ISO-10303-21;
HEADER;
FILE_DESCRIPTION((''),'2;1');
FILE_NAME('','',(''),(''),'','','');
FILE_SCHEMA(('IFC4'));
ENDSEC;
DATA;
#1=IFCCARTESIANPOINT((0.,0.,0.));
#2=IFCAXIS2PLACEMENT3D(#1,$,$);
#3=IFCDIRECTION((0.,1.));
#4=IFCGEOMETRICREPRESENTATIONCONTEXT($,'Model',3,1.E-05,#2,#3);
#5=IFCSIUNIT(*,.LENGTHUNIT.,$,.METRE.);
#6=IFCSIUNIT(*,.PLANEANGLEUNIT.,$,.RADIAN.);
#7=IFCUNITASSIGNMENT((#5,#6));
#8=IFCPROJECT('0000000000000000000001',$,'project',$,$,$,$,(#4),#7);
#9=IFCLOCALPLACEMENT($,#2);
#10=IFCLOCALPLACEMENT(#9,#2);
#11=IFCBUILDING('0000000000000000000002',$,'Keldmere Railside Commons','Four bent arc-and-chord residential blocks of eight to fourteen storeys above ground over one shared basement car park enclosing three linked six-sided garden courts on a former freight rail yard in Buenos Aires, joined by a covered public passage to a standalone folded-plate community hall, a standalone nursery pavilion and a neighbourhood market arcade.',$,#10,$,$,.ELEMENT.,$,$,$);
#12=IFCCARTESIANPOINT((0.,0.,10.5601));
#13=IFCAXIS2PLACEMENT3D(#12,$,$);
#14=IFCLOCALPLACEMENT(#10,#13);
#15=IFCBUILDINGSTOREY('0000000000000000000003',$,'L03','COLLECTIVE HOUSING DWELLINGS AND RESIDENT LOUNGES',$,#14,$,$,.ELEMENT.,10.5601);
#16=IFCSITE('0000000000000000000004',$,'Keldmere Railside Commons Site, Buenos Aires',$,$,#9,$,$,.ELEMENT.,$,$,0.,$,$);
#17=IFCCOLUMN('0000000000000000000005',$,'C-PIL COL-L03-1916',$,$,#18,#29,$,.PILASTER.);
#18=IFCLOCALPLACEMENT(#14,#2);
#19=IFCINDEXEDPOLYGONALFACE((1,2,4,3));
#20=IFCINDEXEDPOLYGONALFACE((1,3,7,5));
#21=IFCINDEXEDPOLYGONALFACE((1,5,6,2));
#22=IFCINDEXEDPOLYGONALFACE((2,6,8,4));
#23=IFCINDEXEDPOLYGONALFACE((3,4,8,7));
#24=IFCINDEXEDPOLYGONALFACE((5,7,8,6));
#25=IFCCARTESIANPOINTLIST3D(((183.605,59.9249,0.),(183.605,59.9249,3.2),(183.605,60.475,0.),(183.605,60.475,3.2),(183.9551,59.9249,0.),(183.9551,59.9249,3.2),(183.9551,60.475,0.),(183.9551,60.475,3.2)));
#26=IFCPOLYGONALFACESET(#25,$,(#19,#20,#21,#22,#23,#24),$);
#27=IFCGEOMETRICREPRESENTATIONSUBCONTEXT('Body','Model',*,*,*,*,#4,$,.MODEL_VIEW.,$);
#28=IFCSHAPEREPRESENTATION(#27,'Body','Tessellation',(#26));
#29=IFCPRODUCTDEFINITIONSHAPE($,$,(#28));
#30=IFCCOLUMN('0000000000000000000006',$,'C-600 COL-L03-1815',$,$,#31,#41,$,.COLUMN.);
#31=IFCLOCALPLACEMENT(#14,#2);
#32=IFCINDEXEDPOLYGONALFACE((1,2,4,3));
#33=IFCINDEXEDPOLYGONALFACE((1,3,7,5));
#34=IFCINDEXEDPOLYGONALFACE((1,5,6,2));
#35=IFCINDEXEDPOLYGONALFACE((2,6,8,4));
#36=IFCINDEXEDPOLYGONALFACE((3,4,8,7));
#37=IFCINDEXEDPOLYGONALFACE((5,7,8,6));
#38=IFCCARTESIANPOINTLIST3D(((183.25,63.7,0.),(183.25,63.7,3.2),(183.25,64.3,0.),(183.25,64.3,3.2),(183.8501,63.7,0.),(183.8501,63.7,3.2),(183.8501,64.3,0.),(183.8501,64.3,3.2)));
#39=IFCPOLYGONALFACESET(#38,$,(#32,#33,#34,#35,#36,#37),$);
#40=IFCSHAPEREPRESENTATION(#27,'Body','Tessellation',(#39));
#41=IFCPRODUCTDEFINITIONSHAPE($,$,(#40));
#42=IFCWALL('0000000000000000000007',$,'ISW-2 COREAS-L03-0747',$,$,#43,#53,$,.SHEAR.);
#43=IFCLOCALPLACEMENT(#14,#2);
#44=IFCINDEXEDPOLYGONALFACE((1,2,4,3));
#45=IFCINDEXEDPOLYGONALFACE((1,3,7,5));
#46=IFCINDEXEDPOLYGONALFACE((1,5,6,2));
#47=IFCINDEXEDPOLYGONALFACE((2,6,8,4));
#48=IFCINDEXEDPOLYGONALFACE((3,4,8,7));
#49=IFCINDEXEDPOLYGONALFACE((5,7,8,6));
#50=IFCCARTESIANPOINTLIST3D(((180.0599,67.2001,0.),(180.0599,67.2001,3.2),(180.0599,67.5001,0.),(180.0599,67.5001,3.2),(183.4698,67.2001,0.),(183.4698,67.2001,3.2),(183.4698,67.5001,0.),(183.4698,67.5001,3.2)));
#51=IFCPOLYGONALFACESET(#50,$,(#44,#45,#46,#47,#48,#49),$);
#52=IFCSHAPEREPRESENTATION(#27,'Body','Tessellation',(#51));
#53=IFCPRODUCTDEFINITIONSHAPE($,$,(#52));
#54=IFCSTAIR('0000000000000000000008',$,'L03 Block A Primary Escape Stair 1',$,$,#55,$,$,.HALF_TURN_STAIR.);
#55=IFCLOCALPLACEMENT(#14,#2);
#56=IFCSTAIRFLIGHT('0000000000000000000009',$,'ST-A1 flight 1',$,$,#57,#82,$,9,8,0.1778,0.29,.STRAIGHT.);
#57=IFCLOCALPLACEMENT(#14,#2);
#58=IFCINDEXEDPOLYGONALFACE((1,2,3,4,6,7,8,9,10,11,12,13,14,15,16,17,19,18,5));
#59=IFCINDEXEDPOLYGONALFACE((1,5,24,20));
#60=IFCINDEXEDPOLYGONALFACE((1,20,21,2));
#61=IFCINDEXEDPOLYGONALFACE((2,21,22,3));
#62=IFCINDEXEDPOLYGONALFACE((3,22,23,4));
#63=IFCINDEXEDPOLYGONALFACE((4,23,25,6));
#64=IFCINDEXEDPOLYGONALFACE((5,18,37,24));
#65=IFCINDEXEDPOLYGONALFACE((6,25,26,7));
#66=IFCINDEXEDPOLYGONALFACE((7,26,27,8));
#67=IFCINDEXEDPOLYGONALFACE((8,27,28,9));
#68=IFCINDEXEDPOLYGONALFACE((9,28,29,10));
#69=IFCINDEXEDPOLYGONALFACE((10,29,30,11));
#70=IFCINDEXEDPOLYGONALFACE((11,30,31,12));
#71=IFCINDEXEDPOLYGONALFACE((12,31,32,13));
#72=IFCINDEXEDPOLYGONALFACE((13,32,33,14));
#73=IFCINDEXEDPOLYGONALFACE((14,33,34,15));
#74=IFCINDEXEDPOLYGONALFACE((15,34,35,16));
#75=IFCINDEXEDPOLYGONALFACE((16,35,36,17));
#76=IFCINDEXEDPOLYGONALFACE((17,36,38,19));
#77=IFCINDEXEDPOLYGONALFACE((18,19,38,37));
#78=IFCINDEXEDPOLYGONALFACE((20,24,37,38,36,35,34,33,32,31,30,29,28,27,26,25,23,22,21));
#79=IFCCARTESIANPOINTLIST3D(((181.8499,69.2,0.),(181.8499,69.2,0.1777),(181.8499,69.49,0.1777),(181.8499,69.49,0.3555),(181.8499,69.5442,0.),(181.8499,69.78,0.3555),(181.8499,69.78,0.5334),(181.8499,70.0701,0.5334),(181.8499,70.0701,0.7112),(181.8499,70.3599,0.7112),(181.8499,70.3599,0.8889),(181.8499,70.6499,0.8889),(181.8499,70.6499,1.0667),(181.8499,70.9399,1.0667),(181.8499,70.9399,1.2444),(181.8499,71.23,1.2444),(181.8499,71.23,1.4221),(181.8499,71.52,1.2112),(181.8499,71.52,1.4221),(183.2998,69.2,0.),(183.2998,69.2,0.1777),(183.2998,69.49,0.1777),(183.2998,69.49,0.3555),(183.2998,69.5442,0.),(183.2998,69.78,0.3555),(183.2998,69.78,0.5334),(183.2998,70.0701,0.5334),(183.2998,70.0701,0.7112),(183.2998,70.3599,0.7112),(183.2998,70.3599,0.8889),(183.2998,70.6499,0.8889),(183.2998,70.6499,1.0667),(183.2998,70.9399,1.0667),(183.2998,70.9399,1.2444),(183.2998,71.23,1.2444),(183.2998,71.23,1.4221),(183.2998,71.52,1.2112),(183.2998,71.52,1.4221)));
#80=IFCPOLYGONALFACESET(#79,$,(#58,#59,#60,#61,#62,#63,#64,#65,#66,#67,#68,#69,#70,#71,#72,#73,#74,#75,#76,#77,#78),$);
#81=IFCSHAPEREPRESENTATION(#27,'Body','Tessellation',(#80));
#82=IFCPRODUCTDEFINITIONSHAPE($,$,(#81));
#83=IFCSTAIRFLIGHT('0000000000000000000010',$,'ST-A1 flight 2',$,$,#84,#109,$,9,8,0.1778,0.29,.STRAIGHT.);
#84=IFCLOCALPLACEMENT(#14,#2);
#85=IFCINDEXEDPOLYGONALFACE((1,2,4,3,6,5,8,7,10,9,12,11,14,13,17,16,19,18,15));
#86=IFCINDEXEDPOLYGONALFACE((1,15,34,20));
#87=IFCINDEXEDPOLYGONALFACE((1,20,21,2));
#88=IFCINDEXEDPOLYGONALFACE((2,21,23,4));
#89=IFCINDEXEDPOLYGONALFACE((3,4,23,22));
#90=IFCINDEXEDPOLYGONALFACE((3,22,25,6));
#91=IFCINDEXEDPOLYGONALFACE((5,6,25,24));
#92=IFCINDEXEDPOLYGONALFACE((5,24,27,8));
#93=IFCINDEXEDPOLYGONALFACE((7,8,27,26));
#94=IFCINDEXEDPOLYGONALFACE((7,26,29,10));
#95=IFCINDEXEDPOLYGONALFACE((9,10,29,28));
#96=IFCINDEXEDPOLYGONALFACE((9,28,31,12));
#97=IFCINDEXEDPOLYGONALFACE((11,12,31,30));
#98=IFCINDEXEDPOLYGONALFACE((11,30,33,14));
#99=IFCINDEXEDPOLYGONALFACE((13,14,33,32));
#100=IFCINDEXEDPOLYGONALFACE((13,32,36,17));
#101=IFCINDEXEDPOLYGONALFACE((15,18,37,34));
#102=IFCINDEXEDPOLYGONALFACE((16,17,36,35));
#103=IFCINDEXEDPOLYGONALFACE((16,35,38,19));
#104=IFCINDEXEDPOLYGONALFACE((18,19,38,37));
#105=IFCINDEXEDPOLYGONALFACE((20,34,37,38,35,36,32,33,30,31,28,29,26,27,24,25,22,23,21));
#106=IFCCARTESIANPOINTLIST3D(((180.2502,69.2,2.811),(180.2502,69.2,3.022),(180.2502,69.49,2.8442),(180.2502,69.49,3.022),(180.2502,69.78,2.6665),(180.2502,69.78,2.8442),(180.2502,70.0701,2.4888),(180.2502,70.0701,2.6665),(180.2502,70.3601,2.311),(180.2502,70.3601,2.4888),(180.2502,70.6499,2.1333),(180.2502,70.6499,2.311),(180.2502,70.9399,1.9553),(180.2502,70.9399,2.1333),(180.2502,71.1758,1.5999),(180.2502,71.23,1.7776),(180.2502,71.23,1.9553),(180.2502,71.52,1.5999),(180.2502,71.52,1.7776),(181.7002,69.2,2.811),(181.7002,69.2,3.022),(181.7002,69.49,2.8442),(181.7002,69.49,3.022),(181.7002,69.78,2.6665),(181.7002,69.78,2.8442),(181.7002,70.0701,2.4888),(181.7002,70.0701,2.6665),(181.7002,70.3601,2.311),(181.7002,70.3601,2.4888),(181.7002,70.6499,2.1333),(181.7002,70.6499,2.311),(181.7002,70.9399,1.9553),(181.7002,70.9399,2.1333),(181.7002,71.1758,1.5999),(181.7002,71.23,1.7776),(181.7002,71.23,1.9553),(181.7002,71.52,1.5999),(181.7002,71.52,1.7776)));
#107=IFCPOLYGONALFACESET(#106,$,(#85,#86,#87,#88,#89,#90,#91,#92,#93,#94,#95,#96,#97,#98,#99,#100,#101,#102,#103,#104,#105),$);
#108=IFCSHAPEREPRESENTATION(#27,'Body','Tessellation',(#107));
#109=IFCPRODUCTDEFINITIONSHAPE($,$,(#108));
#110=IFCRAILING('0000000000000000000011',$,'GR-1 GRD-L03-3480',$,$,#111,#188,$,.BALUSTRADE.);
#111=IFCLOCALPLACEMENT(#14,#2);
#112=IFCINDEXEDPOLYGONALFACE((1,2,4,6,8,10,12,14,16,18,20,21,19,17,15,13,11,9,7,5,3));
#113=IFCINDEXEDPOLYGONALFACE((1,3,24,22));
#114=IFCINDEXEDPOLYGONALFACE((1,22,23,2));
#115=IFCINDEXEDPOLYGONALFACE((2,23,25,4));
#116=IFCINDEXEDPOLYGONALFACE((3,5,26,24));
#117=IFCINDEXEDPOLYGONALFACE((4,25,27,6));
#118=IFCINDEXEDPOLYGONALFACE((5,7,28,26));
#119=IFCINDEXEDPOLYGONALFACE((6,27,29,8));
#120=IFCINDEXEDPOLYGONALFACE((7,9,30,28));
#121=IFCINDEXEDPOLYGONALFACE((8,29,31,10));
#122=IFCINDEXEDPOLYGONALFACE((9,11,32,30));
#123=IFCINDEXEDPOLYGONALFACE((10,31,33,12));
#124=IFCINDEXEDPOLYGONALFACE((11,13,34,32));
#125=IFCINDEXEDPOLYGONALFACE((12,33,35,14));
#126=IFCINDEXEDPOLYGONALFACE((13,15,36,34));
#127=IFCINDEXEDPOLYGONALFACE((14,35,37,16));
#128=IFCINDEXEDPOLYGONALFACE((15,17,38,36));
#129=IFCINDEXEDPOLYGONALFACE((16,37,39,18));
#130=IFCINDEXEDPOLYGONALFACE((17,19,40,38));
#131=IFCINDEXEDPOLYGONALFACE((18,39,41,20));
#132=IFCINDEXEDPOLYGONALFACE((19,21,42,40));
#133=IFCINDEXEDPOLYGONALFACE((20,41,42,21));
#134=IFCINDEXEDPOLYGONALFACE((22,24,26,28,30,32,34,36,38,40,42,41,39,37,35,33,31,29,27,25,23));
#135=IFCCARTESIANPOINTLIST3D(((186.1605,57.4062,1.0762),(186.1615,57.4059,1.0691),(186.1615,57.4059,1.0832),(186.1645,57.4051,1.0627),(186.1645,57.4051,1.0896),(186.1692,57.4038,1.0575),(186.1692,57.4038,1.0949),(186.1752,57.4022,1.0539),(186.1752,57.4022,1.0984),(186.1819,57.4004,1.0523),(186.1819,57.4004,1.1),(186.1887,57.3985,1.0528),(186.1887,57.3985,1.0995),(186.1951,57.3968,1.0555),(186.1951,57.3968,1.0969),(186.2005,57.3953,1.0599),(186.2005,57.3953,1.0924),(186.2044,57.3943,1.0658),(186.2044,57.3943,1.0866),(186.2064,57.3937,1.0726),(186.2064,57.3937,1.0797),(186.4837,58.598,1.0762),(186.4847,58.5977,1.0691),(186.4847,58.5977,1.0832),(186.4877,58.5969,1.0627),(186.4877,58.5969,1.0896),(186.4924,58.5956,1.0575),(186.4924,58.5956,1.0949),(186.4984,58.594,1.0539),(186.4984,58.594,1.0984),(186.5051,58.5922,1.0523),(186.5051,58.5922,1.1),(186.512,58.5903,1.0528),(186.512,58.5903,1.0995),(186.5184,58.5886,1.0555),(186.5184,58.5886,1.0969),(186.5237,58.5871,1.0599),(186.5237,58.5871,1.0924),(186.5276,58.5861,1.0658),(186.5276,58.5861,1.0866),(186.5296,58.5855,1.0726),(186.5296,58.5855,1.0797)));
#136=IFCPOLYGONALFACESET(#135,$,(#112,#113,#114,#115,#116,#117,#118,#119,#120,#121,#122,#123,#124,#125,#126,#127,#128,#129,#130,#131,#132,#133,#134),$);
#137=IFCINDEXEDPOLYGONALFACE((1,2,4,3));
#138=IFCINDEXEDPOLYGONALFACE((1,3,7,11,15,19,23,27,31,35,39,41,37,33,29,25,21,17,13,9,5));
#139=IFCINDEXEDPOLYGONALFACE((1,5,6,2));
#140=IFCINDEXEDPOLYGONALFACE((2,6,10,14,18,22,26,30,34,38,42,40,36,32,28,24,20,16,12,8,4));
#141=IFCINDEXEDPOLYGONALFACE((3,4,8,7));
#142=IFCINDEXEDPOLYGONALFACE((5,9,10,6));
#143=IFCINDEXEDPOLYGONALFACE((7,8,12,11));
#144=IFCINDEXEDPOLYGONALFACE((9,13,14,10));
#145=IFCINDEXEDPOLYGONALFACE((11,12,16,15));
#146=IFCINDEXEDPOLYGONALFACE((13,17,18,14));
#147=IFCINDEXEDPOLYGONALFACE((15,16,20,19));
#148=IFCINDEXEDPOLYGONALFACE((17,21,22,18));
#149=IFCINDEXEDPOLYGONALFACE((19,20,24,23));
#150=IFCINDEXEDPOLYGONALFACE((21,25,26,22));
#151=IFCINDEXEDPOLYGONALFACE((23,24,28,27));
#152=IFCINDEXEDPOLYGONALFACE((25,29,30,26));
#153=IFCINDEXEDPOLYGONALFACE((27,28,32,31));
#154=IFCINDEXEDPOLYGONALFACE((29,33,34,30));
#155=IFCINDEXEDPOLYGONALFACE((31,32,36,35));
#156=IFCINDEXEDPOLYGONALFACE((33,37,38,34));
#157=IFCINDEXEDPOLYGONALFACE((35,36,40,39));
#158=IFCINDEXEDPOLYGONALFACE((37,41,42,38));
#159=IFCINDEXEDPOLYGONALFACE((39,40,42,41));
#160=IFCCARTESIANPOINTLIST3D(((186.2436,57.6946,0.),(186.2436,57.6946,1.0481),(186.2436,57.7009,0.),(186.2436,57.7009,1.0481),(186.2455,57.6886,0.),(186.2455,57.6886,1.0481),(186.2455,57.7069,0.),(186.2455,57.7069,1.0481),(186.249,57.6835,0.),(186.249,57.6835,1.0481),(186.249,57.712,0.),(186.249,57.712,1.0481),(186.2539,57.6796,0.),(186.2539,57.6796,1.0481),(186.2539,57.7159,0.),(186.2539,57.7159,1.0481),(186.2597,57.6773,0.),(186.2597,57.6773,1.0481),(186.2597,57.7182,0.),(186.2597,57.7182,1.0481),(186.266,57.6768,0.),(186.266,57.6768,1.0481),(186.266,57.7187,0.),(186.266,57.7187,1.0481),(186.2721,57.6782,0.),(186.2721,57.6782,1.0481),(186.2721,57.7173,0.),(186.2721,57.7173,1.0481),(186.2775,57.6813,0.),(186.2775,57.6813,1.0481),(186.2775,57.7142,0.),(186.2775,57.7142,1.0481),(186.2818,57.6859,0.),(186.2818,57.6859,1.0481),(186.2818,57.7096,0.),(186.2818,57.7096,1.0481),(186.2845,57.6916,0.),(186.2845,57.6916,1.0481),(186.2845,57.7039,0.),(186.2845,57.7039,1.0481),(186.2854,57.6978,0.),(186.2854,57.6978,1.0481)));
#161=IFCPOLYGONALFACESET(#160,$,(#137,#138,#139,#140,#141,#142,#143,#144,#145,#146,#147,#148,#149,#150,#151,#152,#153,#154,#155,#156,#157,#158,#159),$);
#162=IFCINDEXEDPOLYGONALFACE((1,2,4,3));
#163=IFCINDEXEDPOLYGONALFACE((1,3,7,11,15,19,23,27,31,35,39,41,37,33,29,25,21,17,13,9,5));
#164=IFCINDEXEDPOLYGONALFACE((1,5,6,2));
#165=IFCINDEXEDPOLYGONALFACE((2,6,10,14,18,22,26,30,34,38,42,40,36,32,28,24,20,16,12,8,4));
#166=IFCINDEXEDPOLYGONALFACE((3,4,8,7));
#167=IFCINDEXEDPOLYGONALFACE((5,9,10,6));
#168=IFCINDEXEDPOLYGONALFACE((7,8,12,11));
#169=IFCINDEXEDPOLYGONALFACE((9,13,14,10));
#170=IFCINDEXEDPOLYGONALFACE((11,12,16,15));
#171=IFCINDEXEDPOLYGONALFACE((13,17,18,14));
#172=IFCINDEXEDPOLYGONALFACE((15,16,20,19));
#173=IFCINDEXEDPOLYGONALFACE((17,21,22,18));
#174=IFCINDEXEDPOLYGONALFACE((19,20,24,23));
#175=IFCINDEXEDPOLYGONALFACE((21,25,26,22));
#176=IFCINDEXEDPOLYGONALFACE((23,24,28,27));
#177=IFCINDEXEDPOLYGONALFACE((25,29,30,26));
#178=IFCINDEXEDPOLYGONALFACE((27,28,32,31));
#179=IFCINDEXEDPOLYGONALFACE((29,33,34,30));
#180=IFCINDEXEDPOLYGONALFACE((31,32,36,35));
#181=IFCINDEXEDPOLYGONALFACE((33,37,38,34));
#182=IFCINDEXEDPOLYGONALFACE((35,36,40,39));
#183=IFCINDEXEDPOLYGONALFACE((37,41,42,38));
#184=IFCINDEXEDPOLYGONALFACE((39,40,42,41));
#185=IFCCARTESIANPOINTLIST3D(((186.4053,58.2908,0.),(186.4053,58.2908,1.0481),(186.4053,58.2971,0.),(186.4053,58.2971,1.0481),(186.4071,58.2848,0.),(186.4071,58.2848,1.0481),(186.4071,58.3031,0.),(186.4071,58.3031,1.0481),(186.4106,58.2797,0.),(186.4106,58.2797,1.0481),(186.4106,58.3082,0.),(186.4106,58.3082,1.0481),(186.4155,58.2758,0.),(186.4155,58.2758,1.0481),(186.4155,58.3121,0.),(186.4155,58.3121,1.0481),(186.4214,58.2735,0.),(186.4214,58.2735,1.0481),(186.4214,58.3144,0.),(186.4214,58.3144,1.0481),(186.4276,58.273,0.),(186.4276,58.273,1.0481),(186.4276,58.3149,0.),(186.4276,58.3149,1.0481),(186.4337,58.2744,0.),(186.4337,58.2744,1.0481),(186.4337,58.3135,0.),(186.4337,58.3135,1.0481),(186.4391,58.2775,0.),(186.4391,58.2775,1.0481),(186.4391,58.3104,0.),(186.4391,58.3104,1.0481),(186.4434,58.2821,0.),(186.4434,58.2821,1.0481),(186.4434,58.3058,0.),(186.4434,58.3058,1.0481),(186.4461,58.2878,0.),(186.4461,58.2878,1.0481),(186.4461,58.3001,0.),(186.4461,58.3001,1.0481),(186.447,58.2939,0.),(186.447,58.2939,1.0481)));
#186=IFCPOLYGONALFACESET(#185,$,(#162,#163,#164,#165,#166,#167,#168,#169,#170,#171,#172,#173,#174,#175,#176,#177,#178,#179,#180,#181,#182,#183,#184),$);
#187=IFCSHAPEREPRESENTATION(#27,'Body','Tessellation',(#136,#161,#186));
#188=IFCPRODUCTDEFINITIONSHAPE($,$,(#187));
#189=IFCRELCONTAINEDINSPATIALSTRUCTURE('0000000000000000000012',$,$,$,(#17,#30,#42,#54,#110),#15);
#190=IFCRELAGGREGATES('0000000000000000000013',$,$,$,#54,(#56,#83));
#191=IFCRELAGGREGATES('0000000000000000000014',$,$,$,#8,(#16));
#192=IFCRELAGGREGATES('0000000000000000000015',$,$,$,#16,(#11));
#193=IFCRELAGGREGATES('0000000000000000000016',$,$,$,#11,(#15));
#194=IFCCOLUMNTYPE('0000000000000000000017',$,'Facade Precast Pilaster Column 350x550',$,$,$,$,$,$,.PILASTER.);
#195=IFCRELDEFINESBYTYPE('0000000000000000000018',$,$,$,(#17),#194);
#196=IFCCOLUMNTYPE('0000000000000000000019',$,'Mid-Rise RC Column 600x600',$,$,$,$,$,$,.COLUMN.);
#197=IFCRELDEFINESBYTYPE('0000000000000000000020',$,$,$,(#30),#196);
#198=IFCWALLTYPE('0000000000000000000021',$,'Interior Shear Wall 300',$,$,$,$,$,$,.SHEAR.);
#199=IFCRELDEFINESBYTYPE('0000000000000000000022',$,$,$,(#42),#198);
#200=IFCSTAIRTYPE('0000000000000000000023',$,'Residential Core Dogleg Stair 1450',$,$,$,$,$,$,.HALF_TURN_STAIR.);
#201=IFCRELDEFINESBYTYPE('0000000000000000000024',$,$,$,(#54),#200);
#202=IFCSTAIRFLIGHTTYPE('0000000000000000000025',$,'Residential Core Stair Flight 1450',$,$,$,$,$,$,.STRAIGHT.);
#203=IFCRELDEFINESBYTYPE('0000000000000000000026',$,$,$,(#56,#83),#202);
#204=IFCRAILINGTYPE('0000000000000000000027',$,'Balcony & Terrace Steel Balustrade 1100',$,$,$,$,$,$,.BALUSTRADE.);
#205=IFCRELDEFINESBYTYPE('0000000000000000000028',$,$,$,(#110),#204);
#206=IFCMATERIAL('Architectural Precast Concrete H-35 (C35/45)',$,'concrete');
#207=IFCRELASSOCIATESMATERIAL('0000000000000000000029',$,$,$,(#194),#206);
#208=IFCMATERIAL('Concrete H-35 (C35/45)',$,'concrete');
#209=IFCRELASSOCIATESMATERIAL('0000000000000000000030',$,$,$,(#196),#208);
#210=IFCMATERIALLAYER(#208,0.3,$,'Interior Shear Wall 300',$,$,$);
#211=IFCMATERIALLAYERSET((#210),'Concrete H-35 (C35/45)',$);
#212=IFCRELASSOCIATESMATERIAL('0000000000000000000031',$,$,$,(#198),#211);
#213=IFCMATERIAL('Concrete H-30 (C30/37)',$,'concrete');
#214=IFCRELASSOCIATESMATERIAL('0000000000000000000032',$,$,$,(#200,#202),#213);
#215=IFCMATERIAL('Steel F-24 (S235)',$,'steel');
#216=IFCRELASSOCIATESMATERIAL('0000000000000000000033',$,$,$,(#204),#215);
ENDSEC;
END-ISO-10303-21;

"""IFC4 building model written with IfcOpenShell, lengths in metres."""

from ifc_helpers import new_model, si_unit, direction, frame, frame_2d, origin, origin_2d, place, context, subcontext, project, spatial, polyline, rectangle, circle, outline, extrude, material, layer, layer_set, material_profile, profile_set, type_object, element, aggregate, save


model = new_model("IFC4")

# Units and contexts
model_context = context("Model", 3, precision=1e-05, world=origin(), true_north=direction((0.0, 1.0)))
body_context = subcontext(model_context, "Body", "Model", "MODEL_VIEW")
ifc_project = project(units=[si_unit("LENGTHUNIT", "METRE"), si_unit("PLANEANGLEUNIT", "RADIAN")], contexts=[model_context])

# Site, building, storey
site_placement = place(None, origin())
site = spatial("IfcSite", under=ifc_project, at=site_placement, Name="Keldmere Railside Commons Site, Buenos Aires", CompositionType="ELEMENT", RefElevation=0.0)
building_placement = place(site_placement, origin())
building = spatial("IfcBuilding", under=site, at=building_placement, Name="Keldmere Railside Commons", Description="Four bent arc-and-chord residential blocks of eight to fourteen storeys above ground over one shared basement car park enclosing three linked six-sided garden courts on a former freight rail yard in Buenos Aires, joined by a covered public passage to a standalone folded-plate community hall, a standalone nursery pavilion and a neighbourhood market arcade.", CompositionType="ELEMENT")
storey_placement = place(building_placement, frame((0.0, 0.0, 10.5601)))
storey = spatial("IfcBuildingStorey", under=building, at=storey_placement, Name="L03", Description="COLLECTIVE HOUSING DWELLINGS AND RESIDENT LOUNGES", CompositionType="ELEMENT", Elevation=10.5601)

# Columns
ifc_material_1 = material(Name="Architectural Precast Concrete H-35 (C35/45)", Category="concrete")
ifc_material_profile_1 = material_profile(ifc_material_1, rectangle(XDim=0.3501, YDim=0.55, at=origin_2d()), Name="RC-350x550")
ifc_profile_set_1 = profile_set([ifc_material_profile_1], Name="Architectural Precast Concrete H-35 (C35/45)")
column_type_1 = type_object("IfcColumnType", Name="Facade Precast Pilaster Column 350x550", PredefinedType="PILASTER", material=ifc_profile_set_1)
column_1_placement = place(storey_placement, frame((183.78, 60.2, 0.0), z_axis=(0.0, 0.0, 1.0), x_axis=(1.0, 0.0, 0.0)))
element("IfcColumn", 1, at=column_1_placement, inside=storey, type_object=column_type_1, Name="C-PIL COL-L03-1916", PredefinedType="PILASTER", context=body_context, shape_type="SweptSolid", body=[
    extrude(rectangle(XDim=0.3501, YDim=0.55, at=origin_2d()), origin(), (0.0, 0.0, 1.0), 3.2),
])
ifc_material_2 = material(Name="Concrete H-35 (C35/45)", Category="concrete")
ifc_material_profile_2 = material_profile(ifc_material_2, rectangle(XDim=0.6001, YDim=0.6001, at=origin_2d()), Name="RC-600x600")
ifc_profile_set_2 = profile_set([ifc_material_profile_2], Name="Concrete H-35 (C35/45)")
column_type_2 = type_object("IfcColumnType", Name="Mid-Rise RC Column 600x600", PredefinedType="COLUMN", material=ifc_profile_set_2)
column_2_placement = place(storey_placement, frame((183.55, 64.0, 0.0), z_axis=(0.0, 0.0, 1.0), x_axis=(1.0, 0.0, 0.0)))
element("IfcColumn", 2, at=column_2_placement, inside=storey, type_object=column_type_2, Name="C-600 COL-L03-1815", PredefinedType="COLUMN", context=body_context, shape_type="SweptSolid", body=[
    extrude(rectangle(XDim=0.6001, YDim=0.6001, at=origin_2d()), origin(), (0.0, 0.0, 1.0), 3.2),
])

# Wall
ifc_layer = layer(ifc_material_2, 0.3, Name="Interior Shear Wall 300")
ifc_layer_set = layer_set([ifc_layer], Name="Concrete H-35 (C35/45)")
wall_type = type_object("IfcWallType", Name="Interior Shear Wall 300", PredefinedType="SHEAR", material=ifc_layer_set)
wall_placement = place(storey_placement, frame((183.47, 67.3501, 0.0), z_axis=(0.0, 0.0, 1.0), x_axis=(-1.0, 0.0, 0.0)))
element("IfcWall", 3, at=wall_placement, inside=storey, type_object=wall_type, Name="ISW-2 COREAS-L03-0747", PredefinedType="SHEAR", context=body_context, shape_type="SweptSolid", body=[
    extrude(rectangle(XDim=3.4099, YDim=0.3, at=frame_2d((1.7051, 0.0))), origin(), (0.0, 0.0, 1.0), 3.2),
])

# Stair, stair flights
ifc_material_3 = material(Name="Concrete H-30 (C30/37)", Category="concrete")
stair_type = type_object("IfcStairType", Name="Residential Core Dogleg Stair 1450", PredefinedType="HALF_TURN_STAIR", material=ifc_material_3)
stair_placement = place(storey_placement, origin())
stair = element("IfcStair", 4, at=stair_placement, inside=storey, type_object=stair_type, Name="L03 Block A Primary Escape Stair 1", PredefinedType="HALF_TURN_STAIR")
stair_flight_type = type_object("IfcStairFlightType", Name="Residential Core Stair Flight 1450", PredefinedType="STRAIGHT", material=ifc_material_3)
stair_flight_1_placement = place(storey_placement, frame((182.575, 69.2, 0.0), z_axis=(0.0, 0.0, 1.0), x_axis=(0.0, 1.0, 0.0)))
stair_flight_1 = element("IfcStairFlight", 5, at=stair_flight_1_placement, type_object=stair_flight_type, Name="ST-A1 flight 1", NumberOfRisers=9, NumberOfTreads=8, PredefinedType="STRAIGHT", RiserHeight=0.1778, TreadLength=0.29, context=body_context, shape_type="SweptSolid", body=[
    extrude(outline(polyline([(0.0, 0.0), (0.0, 0.1777), (0.29, 0.1777), (0.29, 0.3555), (0.5801, 0.3555), (0.5801, 0.5334), (0.8701, 0.5334), (0.8701, 0.7112), (1.1599, 0.7112), (1.1599, 0.8889), (1.45, 0.8889), (1.45, 1.0667), (1.74, 1.0667), (1.74, 1.2444), (2.03, 1.2444), (2.03, 1.4221), (2.3201, 1.4221), (2.3201, 1.6001), (2.3201, 1.2112), (0.3442, 0.0), (0.0, 0.0)])), frame((0.0, 0.7251, 0.0), z_axis=(0.0, -1.0, 0.0), x_axis=(1.0, 0.0, 0.0)), (0.0, 0.0, 1.0), 1.45),
])
stair_flight_2_placement = place(storey_placement, frame((180.9751, 71.52, 1.5999), z_axis=(0.0, 0.0, 1.0), x_axis=(0.0, -1.0, 0.0)))
stair_flight_2 = element("IfcStairFlight", 6, at=stair_flight_2_placement, type_object=stair_flight_type, Name="ST-A1 flight 2", NumberOfRisers=9, NumberOfTreads=8, PredefinedType="STRAIGHT", RiserHeight=0.1778, TreadLength=0.29, context=body_context, shape_type="SweptSolid", body=[
    extrude(outline(polyline([(0.0, 0.0), (0.0, 0.1777), (0.29, 0.1777), (0.29, 0.3555), (0.5801, 0.3555), (0.5801, 0.5334), (0.8701, 0.5334), (0.8701, 0.7112), (1.1599, 0.7112), (1.1599, 0.8889), (1.45, 0.8889), (1.45, 1.0667), (1.74, 1.0667), (1.74, 1.2444), (2.03, 1.2444), (2.03, 1.4221), (2.3201, 1.4221), (2.3201, 1.6001), (2.3201, 1.2112), (0.3442, 0.0), (0.0, 0.0)])), frame((0.0, 0.7251, 0.0), z_axis=(0.0, -1.0, 0.0), x_axis=(1.0, 0.0, 0.0)), (0.0, 0.0, 1.0), 1.45),
])
aggregate(stair, [stair_flight_1, stair_flight_2])

# Railing
ifc_material_4 = material(Name="Steel F-24 (S235)", Category="steel")
railing_type_1 = type_object("IfcRailingType", Name="Balcony & Terrace Steel Balustrade 1100", PredefinedType="BALUSTRADE", material=ifc_material_4)
railing_1_placement = place(storey_placement, frame((186.1836, 57.3999, 0.0)))
element("IfcRailing", 7, at=railing_1_placement, inside=storey, type_object=railing_type_1, Name="GR-1 GRD-L03-3480", PredefinedType="BALUSTRADE", context=body_context, shape_type="SweptSolid", body=[
    extrude(circle(Radius=0.0239, at=origin_2d()), frame((0.0, 0.0, 1.0762), z_axis=(0.261745, 0.965137, 0.0), x_axis=(-0.965137, 0.261745, 0.0)), (0.0, 0.0, 1.0), 1.2349),
    extrude(circle(Radius=0.021, at=origin_2d()), frame((0.0808, 0.2979, 0.0)), (0.0, 0.0, 1.0), 1.0481),
    extrude(circle(Radius=0.021, at=origin_2d()), frame((0.2424, 0.894, 0.0)), (0.0, 0.0, 1.0), 1.0481),
])

save(model, "model.ifc")
